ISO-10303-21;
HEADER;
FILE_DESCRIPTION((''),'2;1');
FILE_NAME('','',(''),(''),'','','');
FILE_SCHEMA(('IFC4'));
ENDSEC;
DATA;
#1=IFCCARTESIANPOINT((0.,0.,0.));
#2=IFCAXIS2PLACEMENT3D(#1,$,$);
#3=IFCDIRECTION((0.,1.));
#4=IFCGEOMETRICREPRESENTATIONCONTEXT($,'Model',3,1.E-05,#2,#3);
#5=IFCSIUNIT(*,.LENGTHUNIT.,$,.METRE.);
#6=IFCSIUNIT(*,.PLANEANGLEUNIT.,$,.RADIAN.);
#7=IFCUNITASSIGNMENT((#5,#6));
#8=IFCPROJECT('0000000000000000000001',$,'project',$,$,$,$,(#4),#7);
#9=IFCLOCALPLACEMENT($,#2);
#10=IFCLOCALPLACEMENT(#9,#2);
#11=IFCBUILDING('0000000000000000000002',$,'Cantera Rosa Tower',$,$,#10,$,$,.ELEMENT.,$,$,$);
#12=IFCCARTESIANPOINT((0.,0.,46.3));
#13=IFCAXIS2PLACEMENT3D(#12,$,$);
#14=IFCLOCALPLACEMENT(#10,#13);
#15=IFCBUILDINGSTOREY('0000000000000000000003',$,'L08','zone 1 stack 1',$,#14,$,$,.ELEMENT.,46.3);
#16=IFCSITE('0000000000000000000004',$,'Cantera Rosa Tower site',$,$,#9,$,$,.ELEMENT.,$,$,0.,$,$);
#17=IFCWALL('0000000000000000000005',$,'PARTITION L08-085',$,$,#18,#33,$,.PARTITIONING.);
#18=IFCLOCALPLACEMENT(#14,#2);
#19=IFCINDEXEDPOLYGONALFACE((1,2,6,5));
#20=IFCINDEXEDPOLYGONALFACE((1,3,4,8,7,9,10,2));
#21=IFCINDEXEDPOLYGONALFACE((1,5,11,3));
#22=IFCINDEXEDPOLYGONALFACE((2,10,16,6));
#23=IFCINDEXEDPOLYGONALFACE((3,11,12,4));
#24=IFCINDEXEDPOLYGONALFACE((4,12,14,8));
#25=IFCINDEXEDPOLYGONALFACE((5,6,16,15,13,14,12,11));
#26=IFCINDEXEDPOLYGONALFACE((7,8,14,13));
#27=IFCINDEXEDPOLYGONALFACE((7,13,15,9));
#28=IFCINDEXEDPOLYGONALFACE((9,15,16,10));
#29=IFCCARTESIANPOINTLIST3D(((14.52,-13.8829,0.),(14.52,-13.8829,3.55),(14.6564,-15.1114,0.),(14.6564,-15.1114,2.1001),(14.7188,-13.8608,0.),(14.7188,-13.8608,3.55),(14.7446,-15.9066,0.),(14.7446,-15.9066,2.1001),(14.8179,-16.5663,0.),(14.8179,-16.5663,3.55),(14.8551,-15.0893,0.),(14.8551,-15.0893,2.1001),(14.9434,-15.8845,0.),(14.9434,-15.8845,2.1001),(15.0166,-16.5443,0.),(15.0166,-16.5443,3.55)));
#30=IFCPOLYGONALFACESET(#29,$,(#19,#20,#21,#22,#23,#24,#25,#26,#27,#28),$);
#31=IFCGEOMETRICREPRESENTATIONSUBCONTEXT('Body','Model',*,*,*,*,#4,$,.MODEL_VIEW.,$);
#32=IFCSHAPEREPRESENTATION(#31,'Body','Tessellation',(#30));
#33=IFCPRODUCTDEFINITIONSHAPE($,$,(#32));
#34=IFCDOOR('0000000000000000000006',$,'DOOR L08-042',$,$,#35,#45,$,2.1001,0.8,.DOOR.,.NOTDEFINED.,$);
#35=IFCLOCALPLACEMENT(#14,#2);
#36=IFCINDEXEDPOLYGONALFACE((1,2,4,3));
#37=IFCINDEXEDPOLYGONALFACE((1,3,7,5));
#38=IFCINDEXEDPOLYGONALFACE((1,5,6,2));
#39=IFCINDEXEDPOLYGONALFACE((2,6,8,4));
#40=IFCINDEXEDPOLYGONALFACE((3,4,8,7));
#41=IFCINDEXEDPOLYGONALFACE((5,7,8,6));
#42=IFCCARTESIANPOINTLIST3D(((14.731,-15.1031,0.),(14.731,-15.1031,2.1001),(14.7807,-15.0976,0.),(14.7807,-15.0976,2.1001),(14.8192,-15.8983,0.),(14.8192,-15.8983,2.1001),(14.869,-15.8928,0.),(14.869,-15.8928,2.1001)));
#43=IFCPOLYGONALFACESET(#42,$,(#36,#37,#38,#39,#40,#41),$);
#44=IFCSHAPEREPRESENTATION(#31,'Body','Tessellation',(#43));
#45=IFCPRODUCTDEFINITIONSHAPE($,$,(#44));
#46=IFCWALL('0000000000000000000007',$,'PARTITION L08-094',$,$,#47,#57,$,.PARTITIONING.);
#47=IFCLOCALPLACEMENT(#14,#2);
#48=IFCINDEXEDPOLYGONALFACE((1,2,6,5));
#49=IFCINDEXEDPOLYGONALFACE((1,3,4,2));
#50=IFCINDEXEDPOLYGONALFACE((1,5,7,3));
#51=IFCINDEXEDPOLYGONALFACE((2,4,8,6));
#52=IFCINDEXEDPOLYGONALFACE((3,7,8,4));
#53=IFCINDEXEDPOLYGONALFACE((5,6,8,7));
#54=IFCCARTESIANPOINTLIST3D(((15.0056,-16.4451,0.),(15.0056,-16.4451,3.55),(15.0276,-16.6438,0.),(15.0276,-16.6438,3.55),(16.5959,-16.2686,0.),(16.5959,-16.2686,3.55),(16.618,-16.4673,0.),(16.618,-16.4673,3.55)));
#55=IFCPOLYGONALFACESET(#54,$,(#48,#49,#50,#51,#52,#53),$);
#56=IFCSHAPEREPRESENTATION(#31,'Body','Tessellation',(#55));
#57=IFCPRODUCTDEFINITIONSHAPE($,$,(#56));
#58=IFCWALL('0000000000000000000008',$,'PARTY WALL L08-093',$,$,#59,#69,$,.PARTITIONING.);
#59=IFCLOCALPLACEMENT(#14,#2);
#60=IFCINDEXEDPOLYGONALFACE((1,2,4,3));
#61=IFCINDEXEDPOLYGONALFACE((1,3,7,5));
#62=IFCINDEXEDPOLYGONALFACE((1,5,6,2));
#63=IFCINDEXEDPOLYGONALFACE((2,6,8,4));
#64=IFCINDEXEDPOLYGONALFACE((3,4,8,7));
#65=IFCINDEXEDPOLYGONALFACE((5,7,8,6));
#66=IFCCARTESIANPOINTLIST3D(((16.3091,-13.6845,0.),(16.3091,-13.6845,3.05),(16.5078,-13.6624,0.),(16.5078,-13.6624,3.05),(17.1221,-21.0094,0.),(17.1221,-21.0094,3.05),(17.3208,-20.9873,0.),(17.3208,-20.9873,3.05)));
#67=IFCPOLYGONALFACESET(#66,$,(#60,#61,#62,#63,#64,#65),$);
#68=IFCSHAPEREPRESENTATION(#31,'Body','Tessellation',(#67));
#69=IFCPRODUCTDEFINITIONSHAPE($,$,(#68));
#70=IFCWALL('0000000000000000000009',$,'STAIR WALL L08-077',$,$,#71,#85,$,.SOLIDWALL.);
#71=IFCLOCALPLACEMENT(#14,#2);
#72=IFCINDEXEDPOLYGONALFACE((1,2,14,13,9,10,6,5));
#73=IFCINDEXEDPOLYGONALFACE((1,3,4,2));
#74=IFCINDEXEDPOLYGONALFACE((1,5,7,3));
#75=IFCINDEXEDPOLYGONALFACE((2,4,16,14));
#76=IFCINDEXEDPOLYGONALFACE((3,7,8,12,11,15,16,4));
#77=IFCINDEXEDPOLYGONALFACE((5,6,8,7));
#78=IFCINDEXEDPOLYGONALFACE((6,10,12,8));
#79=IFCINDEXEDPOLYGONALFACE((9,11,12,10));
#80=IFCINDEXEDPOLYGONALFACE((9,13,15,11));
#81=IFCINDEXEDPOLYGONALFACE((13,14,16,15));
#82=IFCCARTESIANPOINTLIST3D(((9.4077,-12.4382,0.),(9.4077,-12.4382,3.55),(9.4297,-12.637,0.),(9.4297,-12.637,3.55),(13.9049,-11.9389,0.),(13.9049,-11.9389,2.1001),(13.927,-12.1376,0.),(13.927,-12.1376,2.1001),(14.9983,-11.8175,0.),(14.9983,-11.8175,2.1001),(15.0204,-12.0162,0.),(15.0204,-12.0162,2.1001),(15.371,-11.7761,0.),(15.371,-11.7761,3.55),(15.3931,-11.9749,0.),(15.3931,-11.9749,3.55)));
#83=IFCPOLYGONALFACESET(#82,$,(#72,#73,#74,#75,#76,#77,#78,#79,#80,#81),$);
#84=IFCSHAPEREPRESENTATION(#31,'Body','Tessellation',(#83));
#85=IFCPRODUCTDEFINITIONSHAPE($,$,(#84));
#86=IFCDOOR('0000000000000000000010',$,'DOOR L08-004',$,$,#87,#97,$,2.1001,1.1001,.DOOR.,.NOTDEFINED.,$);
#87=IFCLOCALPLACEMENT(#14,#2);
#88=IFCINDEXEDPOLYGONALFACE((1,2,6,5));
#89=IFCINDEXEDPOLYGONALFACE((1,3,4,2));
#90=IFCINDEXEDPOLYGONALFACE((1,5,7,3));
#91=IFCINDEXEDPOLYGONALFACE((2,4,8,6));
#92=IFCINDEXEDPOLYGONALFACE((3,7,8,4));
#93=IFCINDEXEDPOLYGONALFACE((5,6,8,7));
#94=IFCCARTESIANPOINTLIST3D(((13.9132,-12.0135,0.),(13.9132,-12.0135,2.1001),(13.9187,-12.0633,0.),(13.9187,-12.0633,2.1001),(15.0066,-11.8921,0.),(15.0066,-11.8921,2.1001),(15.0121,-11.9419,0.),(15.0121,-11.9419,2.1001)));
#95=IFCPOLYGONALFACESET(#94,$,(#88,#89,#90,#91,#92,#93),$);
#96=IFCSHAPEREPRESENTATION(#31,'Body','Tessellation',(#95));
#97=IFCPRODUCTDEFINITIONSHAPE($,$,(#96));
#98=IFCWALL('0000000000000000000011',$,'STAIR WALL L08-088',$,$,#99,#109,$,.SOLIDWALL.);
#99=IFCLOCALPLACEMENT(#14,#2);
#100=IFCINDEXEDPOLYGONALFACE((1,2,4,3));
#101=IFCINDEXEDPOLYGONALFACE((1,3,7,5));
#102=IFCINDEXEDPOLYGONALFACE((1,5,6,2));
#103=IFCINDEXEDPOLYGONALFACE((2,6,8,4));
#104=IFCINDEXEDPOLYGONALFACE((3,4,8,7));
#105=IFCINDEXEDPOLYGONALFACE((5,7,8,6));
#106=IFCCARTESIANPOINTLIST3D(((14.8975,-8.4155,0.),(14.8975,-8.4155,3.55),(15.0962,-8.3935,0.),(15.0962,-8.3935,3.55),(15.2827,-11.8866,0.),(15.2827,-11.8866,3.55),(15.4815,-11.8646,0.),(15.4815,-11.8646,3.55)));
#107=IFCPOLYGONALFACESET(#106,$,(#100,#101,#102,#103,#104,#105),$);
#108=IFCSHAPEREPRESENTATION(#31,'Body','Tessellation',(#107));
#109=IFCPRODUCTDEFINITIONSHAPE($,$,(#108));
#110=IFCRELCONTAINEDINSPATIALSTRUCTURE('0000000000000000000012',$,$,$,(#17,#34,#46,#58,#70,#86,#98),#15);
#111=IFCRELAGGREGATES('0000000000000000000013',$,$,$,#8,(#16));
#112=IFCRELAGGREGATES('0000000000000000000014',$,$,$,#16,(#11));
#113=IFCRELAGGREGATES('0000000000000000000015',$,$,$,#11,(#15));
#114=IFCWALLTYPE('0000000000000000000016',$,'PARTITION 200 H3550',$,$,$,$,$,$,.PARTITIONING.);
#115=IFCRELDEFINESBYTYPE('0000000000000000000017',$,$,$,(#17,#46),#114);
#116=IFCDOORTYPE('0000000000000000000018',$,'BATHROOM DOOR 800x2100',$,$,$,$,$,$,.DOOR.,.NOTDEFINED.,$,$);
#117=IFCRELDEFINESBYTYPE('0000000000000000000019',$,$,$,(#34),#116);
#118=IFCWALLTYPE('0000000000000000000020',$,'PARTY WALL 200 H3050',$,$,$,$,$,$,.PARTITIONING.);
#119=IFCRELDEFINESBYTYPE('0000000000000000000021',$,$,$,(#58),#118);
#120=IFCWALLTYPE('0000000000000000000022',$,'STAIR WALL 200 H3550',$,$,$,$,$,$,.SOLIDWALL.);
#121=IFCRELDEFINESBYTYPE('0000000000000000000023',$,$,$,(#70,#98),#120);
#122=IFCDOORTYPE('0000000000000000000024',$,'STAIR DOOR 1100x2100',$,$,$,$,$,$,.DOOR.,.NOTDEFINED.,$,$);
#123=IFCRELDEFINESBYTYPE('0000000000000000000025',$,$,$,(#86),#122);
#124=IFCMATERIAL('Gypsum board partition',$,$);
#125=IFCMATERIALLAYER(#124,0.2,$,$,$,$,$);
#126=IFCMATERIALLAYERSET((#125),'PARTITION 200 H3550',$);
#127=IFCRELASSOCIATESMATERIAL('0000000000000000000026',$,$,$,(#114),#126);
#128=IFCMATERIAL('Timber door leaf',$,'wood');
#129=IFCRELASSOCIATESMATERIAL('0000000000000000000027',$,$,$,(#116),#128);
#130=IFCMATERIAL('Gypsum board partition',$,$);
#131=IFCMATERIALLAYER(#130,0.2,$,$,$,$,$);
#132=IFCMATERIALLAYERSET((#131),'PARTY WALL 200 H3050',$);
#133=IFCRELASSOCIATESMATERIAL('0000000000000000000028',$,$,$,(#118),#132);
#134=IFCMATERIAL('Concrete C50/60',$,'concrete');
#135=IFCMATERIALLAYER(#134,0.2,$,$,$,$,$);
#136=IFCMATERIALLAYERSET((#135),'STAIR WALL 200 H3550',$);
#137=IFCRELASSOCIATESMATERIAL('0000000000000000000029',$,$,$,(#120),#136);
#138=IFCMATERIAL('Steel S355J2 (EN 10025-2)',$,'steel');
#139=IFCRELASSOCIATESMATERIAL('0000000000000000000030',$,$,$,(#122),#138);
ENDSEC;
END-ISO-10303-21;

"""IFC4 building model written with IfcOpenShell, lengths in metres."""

from ifc_helpers import new_model, si_unit, direction, frame, frame_2d, origin, place, context, subcontext, project, spatial, rectangle, extrude, material, layer, layer_set, type_object, element, fill, save


model = new_model("IFC4")

# Units and contexts
model_context = context("Model", 3, precision=1e-05, world=origin(), true_north=direction((0.0, 1.0)))
body_context = subcontext(model_context, "Body", "Model", "MODEL_VIEW")
ifc_project = project(units=[si_unit("LENGTHUNIT", "METRE"), si_unit("PLANEANGLEUNIT", "RADIAN")], contexts=[model_context])

# Site, building, storey
site_placement = place(None, origin())
site = spatial("IfcSite", under=ifc_project, at=site_placement, Name="Cantera Rosa Tower site", CompositionType="ELEMENT", RefElevation=0.0)
building_placement = place(site_placement, origin())
building = spatial("IfcBuilding", under=site, at=building_placement, Name="Cantera Rosa Tower", CompositionType="ELEMENT")
storey_placement = place(building_placement, frame((0.0, 0.0, 46.3)))
storey = spatial("IfcBuildingStorey", under=building, at=storey_placement, Name="L08", Description="zone 1 stack 1", CompositionType="ELEMENT", Elevation=46.3)

# Wall, opening, door
ifc_material_1 = material(Name="Gypsum board partition")
ifc_layer_1 = layer(ifc_material_1, 0.2)
ifc_layer_set_1 = layer_set([ifc_layer_1], Name="PARTITION 200 H3550")
wall_type_1 = type_object("IfcWallType", Name="PARTITION 200 H3550", PredefinedType="PARTITIONING", material=ifc_layer_set_1)
wall_1_placement = place(storey_placement, frame((14.9172, -16.5554, 0.0), z_axis=(0.0, 0.0, 1.0), x_axis=(-0.110312, 0.993897, 0.0)))
wall_1 = element("IfcWall", 1, at=wall_1_placement, inside=storey, type_object=wall_type_1, Name="PARTITION L08-085", PredefinedType="PARTITIONING", context=body_context, shape_type="SweptSolid", body=[
    extrude(rectangle(XDim=2.7, YDim=0.2, at=frame_2d((1.3501, 0.0))), origin(), (0.0, 0.0, 1.0), 3.55),
])
opening_1_placement = place(wall_1_placement, frame((0.6641, 0.0, 0.0)))
opening_1 = element("IfcOpeningElement", 2, at=opening_1_placement, cuts=wall_1, PredefinedType="OPENING", context=body_context, shape_type="SweptSolid", body=[
    extrude(rectangle(XDim=0.8, YDim=2.1001, at=frame_2d((0.3999, 1.05))), frame((0.0, 0.1099, 0.0), z_axis=(0.0, -1.0, 0.0), x_axis=(1.0, 0.0, 0.0)), (0.0, 0.0, 1.0), 0.22),
])
ifc_material_2 = material(Name="Timber door leaf", Category="wood")
door_type_1 = type_object("IfcDoorType", Name="BATHROOM DOOR 800x2100", OperationType="NOTDEFINED", PredefinedType="DOOR", material=ifc_material_2)
door_1_placement = place(opening_1_placement, origin())
door_1 = element("IfcDoor", 3, at=door_1_placement, inside=storey, type_object=door_type_1, Name="DOOR L08-042", OperationType="NOTDEFINED", OverallHeight=2.1001, OverallWidth=0.8, PredefinedType="DOOR", context=body_context, shape_type="SweptSolid", body=[
    extrude(rectangle(XDim=0.8, YDim=2.1001, at=frame_2d((0.3999, 1.05))), frame((0.0, 0.0249, 0.0), z_axis=(0.0, -1.0, 0.0), x_axis=(1.0, 0.0, 0.0)), (0.0, 0.0, 1.0), 0.05),
])
fill(opening_1, door_1)

# Walls
wall_2_placement = place(storey_placement, frame((16.6069, -16.3679, 0.0), z_axis=(0.0, 0.0, 1.0), x_axis=(-0.993897, -0.110314, 0.0)))
element("IfcWall", 4, at=wall_2_placement, inside=storey, type_object=wall_type_1, Name="PARTITION L08-094", PredefinedType="PARTITIONING", context=body_context, shape_type="SweptSolid", body=[
    extrude(rectangle(XDim=1.6001, YDim=0.2, at=frame_2d((0.8, 0.0))), origin(), (0.0, 0.0, 1.0), 3.55),
])
ifc_material_3 = material(Name="Gypsum board partition")
ifc_layer_2 = layer(ifc_material_3, 0.2)
ifc_layer_set_2 = layer_set([ifc_layer_2], Name="PARTY WALL 200 H3050")
wall_type_2 = type_object("IfcWallType", Name="PARTY WALL 200 H3050", PredefinedType="PARTITIONING", material=ifc_layer_set_2)
wall_3_placement = place(storey_placement, frame((16.4084, -13.6733, 0.0), z_axis=(0.0, 0.0, 1.0), x_axis=(0.110312, -0.993897, 0.0)))
element("IfcWall", 5, at=wall_3_placement, inside=storey, type_object=wall_type_2, Name="PARTY WALL L08-093", PredefinedType="PARTITIONING", context=body_context, shape_type="SweptSolid", body=[
    extrude(rectangle(XDim=7.3699, YDim=0.2, at=frame_2d((3.6851, 0.0))), origin(), (0.0, 0.0, 1.0), 3.05),
])

# Wall, opening, door
ifc_material_4 = material(Name="Concrete C50/60", Category="concrete")
ifc_layer_3 = layer(ifc_material_4, 0.2)
ifc_layer_set_3 = layer_set([ifc_layer_3], Name="STAIR WALL 200 H3550")
wall_type_3 = type_object("IfcWallType", Name="STAIR WALL 200 H3550", PredefinedType="SOLIDWALL", material=ifc_layer_set_3)
wall_4_placement = place(storey_placement, frame((9.4187, -12.5376, 0.0), z_axis=(0.0, 0.0, 1.0), x_axis=(0.993893, 0.110351, 0.0)))
wall_4 = element("IfcWall", 6, at=wall_4_placement, inside=storey, type_object=wall_type_3, Name="STAIR WALL L08-077", PredefinedType="SOLIDWALL", context=body_context, shape_type="SweptSolid", body=[
    extrude(rectangle(XDim=6.0, YDim=0.2, at=frame_2d((3.0, 0.0))), origin(), (0.0, 0.0, 1.0), 3.55),
])
opening_2_placement = place(wall_4_placement, frame((4.5249, 0.0, 0.0)))
opening_2 = element("IfcOpeningElement", 7, at=opening_2_placement, cuts=wall_4, PredefinedType="OPENING", context=body_context, shape_type="SweptSolid", body=[
    extrude(rectangle(XDim=1.1001, YDim=2.1001, at=frame_2d((0.55, 1.05))), frame((0.0, 0.1099, 0.0), z_axis=(0.0, -1.0, 0.0), x_axis=(1.0, 0.0, 0.0)), (0.0, 0.0, 1.0), 0.22),
])
ifc_material_5 = material(Name="Steel S355J2 (EN 10025-2)", Category="steel")
door_type_2 = type_object("IfcDoorType", Name="STAIR DOOR 1100x2100", OperationType="NOTDEFINED", PredefinedType="DOOR", material=ifc_material_5)
door_2_placement = place(opening_2_placement, origin())
door_2 = element("IfcDoor", 8, at=door_2_placement, inside=storey, type_object=door_type_2, Name="DOOR L08-004", OperationType="NOTDEFINED", OverallHeight=2.1001, OverallWidth=1.1001, PredefinedType="DOOR", context=body_context, shape_type="SweptSolid", body=[
    extrude(rectangle(XDim=1.1001, YDim=2.1001, at=frame_2d((0.55, 1.05))), frame((0.0, 0.0249, 0.0), z_axis=(0.0, -1.0, 0.0), x_axis=(1.0, 0.0, 0.0)), (0.0, 0.0, 1.0), 0.05),
])
fill(opening_2, door_2)

# Wall
wall_5_placement = place(storey_placement, frame((15.3821, -11.8755, 0.0), z_axis=(0.0, 0.0, 1.0), x_axis=(-0.110309, 0.993897, 0.0)))
element("IfcWall", 9, at=wall_5_placement, inside=storey, type_object=wall_type_3, Name="STAIR WALL L08-088", PredefinedType="SOLIDWALL", context=body_context, shape_type="SweptSolid", body=[
    extrude(rectangle(XDim=3.4924, YDim=0.2, at=frame_2d((1.7461, 0.0))), origin(), (0.0, 0.0, 1.0), 3.55),
])

save(model, "model.ifc")
